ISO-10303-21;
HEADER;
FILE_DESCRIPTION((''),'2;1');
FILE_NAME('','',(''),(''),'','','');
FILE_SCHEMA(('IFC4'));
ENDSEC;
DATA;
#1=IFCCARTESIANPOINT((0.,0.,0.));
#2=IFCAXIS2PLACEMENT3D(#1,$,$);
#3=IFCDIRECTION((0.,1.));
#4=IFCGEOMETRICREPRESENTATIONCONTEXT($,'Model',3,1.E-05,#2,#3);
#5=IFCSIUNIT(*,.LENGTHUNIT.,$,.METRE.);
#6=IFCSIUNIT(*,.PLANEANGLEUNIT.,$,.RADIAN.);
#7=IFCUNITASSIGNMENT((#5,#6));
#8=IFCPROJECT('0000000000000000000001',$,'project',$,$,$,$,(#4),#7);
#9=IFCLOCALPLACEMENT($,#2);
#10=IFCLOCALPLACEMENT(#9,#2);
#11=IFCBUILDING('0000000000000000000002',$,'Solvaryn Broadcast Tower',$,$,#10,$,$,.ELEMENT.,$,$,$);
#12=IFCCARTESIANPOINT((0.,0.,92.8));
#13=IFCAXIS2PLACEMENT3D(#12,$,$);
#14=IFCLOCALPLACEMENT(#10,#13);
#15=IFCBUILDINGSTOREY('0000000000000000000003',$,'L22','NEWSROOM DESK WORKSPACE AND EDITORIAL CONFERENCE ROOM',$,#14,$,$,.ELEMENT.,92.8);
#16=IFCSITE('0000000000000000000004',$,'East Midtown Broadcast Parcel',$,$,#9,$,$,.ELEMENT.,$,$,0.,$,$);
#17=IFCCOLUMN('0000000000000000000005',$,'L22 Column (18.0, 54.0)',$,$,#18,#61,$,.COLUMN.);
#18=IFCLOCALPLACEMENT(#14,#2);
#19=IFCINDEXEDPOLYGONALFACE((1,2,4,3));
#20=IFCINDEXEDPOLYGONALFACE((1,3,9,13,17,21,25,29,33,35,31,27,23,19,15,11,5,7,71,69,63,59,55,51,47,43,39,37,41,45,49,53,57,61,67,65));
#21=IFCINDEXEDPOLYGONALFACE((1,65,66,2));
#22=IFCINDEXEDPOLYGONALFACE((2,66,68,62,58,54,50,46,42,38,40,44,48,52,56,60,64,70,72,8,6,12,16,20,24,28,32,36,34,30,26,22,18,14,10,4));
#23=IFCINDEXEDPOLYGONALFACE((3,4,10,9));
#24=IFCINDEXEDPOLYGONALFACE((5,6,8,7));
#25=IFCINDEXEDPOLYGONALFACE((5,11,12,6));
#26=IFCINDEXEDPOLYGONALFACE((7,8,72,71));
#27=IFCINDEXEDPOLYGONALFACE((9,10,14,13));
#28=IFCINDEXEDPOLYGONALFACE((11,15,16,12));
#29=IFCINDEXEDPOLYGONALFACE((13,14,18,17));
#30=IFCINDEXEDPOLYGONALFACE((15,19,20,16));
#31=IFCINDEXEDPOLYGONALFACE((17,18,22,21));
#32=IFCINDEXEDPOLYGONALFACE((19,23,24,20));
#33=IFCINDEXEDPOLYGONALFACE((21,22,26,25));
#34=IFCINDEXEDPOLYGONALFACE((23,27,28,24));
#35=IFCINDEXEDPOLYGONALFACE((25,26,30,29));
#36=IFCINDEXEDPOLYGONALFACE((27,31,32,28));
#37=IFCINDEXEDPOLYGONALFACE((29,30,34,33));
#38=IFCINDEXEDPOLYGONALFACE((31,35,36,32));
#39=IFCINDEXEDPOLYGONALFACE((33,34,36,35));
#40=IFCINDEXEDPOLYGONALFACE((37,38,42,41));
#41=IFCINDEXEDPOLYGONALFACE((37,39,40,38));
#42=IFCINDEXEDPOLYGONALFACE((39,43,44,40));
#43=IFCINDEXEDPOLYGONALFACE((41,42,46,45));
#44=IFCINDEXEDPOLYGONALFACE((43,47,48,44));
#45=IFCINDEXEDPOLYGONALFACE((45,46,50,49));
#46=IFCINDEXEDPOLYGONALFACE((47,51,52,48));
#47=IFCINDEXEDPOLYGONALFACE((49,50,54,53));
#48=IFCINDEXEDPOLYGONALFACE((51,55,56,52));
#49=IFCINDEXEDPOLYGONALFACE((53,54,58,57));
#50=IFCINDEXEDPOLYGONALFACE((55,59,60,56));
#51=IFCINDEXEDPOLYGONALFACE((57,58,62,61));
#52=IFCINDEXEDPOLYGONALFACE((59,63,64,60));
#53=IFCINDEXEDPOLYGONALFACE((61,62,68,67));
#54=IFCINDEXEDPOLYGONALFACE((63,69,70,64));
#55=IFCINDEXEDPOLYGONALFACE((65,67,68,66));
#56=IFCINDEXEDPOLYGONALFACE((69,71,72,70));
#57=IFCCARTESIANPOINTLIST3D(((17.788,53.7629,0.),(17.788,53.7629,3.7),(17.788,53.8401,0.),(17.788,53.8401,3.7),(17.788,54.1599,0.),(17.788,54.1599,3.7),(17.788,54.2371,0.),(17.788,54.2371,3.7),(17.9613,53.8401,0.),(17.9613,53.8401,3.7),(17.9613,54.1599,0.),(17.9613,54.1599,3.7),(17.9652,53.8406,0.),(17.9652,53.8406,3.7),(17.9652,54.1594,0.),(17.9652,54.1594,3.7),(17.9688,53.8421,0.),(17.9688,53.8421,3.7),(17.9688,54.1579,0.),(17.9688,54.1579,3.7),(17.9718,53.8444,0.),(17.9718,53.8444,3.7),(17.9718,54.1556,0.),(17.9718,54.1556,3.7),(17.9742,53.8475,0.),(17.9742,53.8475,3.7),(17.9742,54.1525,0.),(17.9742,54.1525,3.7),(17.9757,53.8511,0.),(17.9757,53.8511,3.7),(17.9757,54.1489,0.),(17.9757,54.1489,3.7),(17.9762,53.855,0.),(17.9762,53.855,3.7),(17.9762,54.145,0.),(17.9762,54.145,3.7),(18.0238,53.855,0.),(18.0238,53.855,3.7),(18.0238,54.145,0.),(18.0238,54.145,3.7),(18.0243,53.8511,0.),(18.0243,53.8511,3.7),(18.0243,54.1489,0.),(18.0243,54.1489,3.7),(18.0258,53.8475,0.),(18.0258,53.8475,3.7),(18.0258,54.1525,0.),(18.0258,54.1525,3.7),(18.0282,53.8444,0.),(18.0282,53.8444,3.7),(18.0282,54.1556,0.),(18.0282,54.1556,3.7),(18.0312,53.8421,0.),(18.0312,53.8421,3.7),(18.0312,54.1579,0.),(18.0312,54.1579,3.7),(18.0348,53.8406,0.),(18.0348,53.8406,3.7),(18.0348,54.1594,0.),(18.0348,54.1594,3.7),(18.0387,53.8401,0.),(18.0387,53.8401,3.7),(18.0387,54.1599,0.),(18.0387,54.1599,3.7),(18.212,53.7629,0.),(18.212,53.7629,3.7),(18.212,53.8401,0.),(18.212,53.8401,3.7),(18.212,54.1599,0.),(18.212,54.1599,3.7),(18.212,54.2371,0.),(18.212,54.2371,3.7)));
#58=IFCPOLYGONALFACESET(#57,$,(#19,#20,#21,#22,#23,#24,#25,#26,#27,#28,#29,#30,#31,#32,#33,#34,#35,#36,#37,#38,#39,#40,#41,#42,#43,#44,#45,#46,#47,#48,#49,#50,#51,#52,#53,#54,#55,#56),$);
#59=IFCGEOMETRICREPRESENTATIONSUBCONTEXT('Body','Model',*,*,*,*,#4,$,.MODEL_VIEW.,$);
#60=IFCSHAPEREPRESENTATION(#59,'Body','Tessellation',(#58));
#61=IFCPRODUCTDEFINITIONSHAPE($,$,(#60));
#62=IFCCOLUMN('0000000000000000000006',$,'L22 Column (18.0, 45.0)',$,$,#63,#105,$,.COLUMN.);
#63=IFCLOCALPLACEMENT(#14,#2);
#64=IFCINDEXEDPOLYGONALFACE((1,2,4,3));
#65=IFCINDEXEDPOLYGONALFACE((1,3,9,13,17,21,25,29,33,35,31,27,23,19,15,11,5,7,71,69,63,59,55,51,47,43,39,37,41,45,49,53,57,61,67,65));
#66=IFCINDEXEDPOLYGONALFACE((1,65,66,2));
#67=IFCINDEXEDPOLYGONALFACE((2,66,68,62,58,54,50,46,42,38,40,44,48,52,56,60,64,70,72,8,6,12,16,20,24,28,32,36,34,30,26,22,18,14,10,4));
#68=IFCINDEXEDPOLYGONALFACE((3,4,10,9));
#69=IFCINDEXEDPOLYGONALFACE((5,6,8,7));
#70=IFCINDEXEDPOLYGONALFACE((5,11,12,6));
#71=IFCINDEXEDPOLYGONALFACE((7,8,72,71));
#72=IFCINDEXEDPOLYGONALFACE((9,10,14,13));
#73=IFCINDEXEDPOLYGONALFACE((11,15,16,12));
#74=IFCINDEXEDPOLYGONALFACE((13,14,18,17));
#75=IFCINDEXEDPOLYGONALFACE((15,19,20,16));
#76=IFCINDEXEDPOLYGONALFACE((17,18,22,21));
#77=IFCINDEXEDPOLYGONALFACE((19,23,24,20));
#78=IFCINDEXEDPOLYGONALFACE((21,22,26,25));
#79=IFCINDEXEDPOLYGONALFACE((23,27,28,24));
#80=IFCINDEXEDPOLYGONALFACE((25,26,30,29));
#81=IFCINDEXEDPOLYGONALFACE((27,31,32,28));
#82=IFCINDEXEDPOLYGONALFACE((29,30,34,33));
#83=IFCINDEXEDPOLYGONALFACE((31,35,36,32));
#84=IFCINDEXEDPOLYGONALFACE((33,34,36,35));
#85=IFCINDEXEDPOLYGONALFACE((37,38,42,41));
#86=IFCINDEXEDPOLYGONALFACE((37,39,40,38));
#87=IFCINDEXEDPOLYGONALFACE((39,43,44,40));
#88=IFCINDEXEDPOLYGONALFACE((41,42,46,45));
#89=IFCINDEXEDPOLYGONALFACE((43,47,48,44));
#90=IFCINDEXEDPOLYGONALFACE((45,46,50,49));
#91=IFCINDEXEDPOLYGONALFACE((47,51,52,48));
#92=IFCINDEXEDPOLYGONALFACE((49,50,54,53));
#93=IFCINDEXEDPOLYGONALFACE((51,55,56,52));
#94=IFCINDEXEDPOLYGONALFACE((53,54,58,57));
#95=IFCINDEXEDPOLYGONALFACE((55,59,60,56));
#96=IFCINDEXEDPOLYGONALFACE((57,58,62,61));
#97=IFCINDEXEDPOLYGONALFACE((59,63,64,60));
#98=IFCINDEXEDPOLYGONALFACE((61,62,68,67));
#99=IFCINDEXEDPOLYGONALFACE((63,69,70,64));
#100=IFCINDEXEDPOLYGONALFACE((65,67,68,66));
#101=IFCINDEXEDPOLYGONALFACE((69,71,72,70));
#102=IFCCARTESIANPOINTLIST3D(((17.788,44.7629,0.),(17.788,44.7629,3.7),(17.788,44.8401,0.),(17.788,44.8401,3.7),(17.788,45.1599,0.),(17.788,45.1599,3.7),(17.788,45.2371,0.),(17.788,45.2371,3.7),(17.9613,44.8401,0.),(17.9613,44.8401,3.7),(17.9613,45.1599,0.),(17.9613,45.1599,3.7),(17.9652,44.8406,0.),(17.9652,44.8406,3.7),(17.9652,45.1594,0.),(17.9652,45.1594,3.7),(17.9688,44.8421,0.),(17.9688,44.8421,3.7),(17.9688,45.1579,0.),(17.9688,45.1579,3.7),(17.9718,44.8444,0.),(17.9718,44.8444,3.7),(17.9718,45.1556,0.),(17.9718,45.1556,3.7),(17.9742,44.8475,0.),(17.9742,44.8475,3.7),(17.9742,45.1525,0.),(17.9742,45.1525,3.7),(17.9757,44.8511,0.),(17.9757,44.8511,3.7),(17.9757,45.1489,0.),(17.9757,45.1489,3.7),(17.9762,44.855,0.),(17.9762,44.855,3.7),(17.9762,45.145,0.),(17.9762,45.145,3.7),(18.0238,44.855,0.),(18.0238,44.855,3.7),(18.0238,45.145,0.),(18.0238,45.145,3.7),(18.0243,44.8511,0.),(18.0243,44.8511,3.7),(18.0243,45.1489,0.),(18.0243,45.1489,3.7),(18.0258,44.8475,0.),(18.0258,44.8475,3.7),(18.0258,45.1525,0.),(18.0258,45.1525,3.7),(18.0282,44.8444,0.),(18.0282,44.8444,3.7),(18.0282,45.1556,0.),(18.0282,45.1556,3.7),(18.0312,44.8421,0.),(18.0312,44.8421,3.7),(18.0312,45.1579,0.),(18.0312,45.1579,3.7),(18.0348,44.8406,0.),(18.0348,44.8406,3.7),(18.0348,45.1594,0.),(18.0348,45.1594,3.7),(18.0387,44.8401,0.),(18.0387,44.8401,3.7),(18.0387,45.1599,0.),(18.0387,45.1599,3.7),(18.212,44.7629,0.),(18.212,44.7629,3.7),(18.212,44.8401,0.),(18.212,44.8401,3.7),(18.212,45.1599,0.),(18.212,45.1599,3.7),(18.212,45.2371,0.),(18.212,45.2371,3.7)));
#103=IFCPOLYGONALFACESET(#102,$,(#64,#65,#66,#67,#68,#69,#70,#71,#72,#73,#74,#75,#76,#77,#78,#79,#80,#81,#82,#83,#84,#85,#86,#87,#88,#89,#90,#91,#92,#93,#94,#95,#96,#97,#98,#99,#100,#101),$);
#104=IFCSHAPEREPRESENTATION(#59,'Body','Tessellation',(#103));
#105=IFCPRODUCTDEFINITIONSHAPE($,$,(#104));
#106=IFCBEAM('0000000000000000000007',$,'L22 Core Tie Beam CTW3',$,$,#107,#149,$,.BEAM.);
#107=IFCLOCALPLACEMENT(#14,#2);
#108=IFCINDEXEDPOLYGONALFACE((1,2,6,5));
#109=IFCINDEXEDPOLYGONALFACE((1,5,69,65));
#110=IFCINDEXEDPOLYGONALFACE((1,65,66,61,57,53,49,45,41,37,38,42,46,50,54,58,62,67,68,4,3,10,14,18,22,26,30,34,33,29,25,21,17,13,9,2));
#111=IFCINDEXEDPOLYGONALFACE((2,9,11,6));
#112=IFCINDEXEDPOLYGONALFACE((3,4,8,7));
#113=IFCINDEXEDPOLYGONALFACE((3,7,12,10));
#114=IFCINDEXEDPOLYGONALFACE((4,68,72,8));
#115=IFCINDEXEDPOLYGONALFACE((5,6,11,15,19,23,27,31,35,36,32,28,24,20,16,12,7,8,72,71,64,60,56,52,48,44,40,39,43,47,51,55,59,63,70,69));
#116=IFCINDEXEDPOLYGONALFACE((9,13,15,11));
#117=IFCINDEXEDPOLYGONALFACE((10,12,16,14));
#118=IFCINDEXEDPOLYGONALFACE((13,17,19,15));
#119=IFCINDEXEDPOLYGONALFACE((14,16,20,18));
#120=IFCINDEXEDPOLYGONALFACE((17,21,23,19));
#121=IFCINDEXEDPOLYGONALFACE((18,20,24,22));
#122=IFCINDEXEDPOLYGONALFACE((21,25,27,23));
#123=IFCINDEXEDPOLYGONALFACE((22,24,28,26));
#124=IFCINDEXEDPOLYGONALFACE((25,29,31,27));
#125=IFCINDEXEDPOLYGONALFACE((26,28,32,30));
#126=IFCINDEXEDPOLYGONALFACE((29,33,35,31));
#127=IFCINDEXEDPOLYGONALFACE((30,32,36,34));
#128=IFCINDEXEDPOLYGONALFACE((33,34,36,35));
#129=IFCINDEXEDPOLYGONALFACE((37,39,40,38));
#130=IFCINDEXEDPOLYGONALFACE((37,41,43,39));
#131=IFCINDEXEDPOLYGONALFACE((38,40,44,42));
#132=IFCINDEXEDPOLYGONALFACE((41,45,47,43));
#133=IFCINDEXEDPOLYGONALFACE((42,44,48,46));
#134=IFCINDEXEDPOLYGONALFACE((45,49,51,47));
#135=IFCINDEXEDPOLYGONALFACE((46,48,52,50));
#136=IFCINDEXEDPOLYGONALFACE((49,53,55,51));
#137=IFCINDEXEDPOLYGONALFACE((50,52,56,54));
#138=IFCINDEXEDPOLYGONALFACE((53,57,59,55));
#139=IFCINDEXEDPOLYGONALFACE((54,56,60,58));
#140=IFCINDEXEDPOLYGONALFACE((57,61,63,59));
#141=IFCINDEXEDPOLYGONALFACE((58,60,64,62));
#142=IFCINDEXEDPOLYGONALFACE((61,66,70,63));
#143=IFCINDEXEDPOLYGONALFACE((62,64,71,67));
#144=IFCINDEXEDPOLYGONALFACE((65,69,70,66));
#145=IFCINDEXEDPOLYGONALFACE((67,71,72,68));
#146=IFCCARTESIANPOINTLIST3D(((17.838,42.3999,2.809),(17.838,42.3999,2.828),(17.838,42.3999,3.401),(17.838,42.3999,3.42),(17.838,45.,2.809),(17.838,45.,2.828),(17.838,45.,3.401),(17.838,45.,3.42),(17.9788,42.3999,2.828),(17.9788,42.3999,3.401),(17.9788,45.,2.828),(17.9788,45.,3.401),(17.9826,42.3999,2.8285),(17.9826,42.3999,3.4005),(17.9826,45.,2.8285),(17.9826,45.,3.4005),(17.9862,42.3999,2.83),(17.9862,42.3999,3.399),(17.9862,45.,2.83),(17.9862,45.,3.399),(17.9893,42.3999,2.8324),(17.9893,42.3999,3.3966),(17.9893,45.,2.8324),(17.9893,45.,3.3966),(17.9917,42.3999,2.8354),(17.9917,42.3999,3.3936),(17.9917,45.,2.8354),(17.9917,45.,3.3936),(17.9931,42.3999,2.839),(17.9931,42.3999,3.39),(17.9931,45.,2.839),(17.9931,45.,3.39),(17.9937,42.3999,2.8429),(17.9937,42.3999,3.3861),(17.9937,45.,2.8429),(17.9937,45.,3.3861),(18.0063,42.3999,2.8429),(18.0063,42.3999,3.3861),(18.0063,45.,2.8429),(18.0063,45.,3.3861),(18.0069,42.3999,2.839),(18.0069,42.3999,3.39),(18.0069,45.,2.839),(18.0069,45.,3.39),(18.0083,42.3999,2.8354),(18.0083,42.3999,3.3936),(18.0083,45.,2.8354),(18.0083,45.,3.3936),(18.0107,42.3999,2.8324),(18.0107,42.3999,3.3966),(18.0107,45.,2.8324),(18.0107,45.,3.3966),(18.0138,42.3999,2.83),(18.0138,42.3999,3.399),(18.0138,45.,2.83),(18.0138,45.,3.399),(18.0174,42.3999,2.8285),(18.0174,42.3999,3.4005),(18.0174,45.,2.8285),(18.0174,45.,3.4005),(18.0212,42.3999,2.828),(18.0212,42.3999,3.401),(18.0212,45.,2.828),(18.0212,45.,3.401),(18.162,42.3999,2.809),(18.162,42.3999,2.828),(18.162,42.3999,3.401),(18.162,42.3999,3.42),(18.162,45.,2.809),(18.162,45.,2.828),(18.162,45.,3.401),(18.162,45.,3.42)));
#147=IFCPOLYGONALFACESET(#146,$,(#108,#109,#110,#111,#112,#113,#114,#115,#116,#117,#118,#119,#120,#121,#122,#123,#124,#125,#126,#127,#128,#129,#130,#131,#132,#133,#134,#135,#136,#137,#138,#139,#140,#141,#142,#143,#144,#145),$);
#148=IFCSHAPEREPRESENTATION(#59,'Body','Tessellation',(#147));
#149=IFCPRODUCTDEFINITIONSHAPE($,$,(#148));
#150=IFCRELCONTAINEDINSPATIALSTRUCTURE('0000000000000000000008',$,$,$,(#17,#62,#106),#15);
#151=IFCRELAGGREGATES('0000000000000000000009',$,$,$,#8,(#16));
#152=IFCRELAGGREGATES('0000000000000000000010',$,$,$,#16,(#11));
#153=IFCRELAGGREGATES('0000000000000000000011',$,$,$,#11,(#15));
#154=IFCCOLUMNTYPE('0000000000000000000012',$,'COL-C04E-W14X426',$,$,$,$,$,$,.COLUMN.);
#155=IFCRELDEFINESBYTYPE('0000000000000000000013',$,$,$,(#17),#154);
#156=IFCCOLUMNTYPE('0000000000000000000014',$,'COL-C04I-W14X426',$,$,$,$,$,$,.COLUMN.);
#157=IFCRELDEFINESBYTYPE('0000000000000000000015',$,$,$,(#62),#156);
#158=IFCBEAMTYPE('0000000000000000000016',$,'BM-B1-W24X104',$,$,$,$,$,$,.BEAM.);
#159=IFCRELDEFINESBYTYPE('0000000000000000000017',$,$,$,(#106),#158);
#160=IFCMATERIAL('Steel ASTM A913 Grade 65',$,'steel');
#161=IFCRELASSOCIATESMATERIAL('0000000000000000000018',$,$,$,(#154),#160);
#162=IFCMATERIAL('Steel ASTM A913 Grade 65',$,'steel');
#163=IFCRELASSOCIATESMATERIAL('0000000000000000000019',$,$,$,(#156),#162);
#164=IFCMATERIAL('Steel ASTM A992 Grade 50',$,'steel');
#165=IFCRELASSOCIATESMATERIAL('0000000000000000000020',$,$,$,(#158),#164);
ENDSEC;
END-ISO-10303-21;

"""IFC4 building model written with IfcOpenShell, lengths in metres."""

from ifc_helpers import new_model, si_unit, direction, frame, origin, origin_2d, place, context, subcontext, project, spatial, i_section, extrude, material, material_profile, profile_set, type_object, element, save


model = new_model("IFC4")

# Units and contexts
model_context = context("Model", 3, precision=1e-05, world=origin(), true_north=direction((0.0, 1.0)))
body_context = subcontext(model_context, "Body", "Model", "MODEL_VIEW")
ifc_project = project(units=[si_unit("LENGTHUNIT", "METRE"), si_unit("PLANEANGLEUNIT", "RADIAN")], contexts=[model_context])

# Site, building, storey
site_placement = place(None, origin())
site = spatial("IfcSite", under=ifc_project, at=site_placement, Name="East Midtown Broadcast Parcel", CompositionType="ELEMENT", RefElevation=0.0)
building_placement = place(site_placement, origin())
building = spatial("IfcBuilding", under=site, at=building_placement, Name="Solvaryn Broadcast Tower", CompositionType="ELEMENT")
storey_placement = place(building_placement, frame((0.0, 0.0, 92.8)))
storey = spatial("IfcBuildingStorey", under=building, at=storey_placement, Name="L22", Description="NEWSROOM DESK WORKSPACE AND EDITORIAL CONFERENCE ROOM", CompositionType="ELEMENT", Elevation=92.8)

# Columns
ifc_material_1 = material(Name="Steel ASTM A913 Grade 65", Category="steel")
ifc_material_profile_1 = material_profile(ifc_material_1, i_section(OverallWidth=0.4241, OverallDepth=0.4741, WebThickness=0.0476, FlangeThickness=0.0771, FilletRadius=0.0149, at=origin_2d()))
ifc_profile_set_1 = profile_set([ifc_material_profile_1], Name="Steel ASTM A913 Grade 65")
column_type_1 = type_object("IfcColumnType", Name="COL-C04E-W14X426", PredefinedType="COLUMN", material=ifc_profile_set_1)
column_1_placement = place(storey_placement, frame((18.0, 54.0, 0.0), z_axis=(0.0, 0.0, 1.0), x_axis=(1.0, 0.0, 0.0)))
element("IfcColumn", 1, at=column_1_placement, inside=storey, type_object=column_type_1, Name="L22 Column (18.0, 54.0)", PredefinedType="COLUMN", context=body_context, shape_type="SweptSolid", body=[
    extrude(i_section(OverallWidth=0.4241, OverallDepth=0.4741, WebThickness=0.0476, FlangeThickness=0.0771, FilletRadius=0.0149, at=origin_2d()), origin(), (0.0, 0.0, 1.0), 3.7),
])
ifc_material_2 = material(Name="Steel ASTM A913 Grade 65", Category="steel")
ifc_material_profile_2 = material_profile(ifc_material_2, i_section(OverallWidth=0.4241, OverallDepth=0.4741, WebThickness=0.0476, FlangeThickness=0.0771, FilletRadius=0.0149, at=origin_2d()))
ifc_profile_set_2 = profile_set([ifc_material_profile_2], Name="Steel ASTM A913 Grade 65")
column_type_2 = type_object("IfcColumnType", Name="COL-C04I-W14X426", PredefinedType="COLUMN", material=ifc_profile_set_2)
column_2_placement = place(storey_placement, frame((18.0, 45.0, 0.0), z_axis=(0.0, 0.0, 1.0), x_axis=(1.0, 0.0, 0.0)))
element("IfcColumn", 2, at=column_2_placement, inside=storey, type_object=column_type_2, Name="L22 Column (18.0, 45.0)", PredefinedType="COLUMN", context=body_context, shape_type="SweptSolid", body=[
    extrude(i_section(OverallWidth=0.4241, OverallDepth=0.4741, WebThickness=0.0476, FlangeThickness=0.0771, FilletRadius=0.0149, at=origin_2d()), origin(), (0.0, 0.0, 1.0), 3.7),
])

# Beam
ifc_material_3 = material(Name="Steel ASTM A992 Grade 50", Category="steel")
ifc_material_profile_3 = material_profile(ifc_material_3, i_section(OverallWidth=0.324, OverallDepth=0.6111, WebThickness=0.0127, FlangeThickness=0.019, FilletRadius=0.0149, at=origin_2d()))
ifc_profile_set_3 = profile_set([ifc_material_profile_3], Name="Steel ASTM A992 Grade 50")
beam_type_1 = type_object("IfcBeamType", Name="BM-B1-W24X104", PredefinedType="BEAM", material=ifc_profile_set_3)
beam_1_placement = place(storey_placement, frame((18.0, 42.3999, 3.1145), z_axis=(0.0, 1.0, 0.0), x_axis=(-1.0, 0.0, 0.0)))
element("IfcBeam", 3, at=beam_1_placement, inside=storey, type_object=beam_type_1, Name="L22 Core Tie Beam CTW3", PredefinedType="BEAM", context=body_context, shape_type="SweptSolid", body=[
    extrude(i_section(OverallWidth=0.324, OverallDepth=0.6111, WebThickness=0.0127, FlangeThickness=0.019, FilletRadius=0.0149, at=origin_2d()), origin(), (0.0, 0.0, 1.0), 2.6001),
])

save(model, "model.ifc")
